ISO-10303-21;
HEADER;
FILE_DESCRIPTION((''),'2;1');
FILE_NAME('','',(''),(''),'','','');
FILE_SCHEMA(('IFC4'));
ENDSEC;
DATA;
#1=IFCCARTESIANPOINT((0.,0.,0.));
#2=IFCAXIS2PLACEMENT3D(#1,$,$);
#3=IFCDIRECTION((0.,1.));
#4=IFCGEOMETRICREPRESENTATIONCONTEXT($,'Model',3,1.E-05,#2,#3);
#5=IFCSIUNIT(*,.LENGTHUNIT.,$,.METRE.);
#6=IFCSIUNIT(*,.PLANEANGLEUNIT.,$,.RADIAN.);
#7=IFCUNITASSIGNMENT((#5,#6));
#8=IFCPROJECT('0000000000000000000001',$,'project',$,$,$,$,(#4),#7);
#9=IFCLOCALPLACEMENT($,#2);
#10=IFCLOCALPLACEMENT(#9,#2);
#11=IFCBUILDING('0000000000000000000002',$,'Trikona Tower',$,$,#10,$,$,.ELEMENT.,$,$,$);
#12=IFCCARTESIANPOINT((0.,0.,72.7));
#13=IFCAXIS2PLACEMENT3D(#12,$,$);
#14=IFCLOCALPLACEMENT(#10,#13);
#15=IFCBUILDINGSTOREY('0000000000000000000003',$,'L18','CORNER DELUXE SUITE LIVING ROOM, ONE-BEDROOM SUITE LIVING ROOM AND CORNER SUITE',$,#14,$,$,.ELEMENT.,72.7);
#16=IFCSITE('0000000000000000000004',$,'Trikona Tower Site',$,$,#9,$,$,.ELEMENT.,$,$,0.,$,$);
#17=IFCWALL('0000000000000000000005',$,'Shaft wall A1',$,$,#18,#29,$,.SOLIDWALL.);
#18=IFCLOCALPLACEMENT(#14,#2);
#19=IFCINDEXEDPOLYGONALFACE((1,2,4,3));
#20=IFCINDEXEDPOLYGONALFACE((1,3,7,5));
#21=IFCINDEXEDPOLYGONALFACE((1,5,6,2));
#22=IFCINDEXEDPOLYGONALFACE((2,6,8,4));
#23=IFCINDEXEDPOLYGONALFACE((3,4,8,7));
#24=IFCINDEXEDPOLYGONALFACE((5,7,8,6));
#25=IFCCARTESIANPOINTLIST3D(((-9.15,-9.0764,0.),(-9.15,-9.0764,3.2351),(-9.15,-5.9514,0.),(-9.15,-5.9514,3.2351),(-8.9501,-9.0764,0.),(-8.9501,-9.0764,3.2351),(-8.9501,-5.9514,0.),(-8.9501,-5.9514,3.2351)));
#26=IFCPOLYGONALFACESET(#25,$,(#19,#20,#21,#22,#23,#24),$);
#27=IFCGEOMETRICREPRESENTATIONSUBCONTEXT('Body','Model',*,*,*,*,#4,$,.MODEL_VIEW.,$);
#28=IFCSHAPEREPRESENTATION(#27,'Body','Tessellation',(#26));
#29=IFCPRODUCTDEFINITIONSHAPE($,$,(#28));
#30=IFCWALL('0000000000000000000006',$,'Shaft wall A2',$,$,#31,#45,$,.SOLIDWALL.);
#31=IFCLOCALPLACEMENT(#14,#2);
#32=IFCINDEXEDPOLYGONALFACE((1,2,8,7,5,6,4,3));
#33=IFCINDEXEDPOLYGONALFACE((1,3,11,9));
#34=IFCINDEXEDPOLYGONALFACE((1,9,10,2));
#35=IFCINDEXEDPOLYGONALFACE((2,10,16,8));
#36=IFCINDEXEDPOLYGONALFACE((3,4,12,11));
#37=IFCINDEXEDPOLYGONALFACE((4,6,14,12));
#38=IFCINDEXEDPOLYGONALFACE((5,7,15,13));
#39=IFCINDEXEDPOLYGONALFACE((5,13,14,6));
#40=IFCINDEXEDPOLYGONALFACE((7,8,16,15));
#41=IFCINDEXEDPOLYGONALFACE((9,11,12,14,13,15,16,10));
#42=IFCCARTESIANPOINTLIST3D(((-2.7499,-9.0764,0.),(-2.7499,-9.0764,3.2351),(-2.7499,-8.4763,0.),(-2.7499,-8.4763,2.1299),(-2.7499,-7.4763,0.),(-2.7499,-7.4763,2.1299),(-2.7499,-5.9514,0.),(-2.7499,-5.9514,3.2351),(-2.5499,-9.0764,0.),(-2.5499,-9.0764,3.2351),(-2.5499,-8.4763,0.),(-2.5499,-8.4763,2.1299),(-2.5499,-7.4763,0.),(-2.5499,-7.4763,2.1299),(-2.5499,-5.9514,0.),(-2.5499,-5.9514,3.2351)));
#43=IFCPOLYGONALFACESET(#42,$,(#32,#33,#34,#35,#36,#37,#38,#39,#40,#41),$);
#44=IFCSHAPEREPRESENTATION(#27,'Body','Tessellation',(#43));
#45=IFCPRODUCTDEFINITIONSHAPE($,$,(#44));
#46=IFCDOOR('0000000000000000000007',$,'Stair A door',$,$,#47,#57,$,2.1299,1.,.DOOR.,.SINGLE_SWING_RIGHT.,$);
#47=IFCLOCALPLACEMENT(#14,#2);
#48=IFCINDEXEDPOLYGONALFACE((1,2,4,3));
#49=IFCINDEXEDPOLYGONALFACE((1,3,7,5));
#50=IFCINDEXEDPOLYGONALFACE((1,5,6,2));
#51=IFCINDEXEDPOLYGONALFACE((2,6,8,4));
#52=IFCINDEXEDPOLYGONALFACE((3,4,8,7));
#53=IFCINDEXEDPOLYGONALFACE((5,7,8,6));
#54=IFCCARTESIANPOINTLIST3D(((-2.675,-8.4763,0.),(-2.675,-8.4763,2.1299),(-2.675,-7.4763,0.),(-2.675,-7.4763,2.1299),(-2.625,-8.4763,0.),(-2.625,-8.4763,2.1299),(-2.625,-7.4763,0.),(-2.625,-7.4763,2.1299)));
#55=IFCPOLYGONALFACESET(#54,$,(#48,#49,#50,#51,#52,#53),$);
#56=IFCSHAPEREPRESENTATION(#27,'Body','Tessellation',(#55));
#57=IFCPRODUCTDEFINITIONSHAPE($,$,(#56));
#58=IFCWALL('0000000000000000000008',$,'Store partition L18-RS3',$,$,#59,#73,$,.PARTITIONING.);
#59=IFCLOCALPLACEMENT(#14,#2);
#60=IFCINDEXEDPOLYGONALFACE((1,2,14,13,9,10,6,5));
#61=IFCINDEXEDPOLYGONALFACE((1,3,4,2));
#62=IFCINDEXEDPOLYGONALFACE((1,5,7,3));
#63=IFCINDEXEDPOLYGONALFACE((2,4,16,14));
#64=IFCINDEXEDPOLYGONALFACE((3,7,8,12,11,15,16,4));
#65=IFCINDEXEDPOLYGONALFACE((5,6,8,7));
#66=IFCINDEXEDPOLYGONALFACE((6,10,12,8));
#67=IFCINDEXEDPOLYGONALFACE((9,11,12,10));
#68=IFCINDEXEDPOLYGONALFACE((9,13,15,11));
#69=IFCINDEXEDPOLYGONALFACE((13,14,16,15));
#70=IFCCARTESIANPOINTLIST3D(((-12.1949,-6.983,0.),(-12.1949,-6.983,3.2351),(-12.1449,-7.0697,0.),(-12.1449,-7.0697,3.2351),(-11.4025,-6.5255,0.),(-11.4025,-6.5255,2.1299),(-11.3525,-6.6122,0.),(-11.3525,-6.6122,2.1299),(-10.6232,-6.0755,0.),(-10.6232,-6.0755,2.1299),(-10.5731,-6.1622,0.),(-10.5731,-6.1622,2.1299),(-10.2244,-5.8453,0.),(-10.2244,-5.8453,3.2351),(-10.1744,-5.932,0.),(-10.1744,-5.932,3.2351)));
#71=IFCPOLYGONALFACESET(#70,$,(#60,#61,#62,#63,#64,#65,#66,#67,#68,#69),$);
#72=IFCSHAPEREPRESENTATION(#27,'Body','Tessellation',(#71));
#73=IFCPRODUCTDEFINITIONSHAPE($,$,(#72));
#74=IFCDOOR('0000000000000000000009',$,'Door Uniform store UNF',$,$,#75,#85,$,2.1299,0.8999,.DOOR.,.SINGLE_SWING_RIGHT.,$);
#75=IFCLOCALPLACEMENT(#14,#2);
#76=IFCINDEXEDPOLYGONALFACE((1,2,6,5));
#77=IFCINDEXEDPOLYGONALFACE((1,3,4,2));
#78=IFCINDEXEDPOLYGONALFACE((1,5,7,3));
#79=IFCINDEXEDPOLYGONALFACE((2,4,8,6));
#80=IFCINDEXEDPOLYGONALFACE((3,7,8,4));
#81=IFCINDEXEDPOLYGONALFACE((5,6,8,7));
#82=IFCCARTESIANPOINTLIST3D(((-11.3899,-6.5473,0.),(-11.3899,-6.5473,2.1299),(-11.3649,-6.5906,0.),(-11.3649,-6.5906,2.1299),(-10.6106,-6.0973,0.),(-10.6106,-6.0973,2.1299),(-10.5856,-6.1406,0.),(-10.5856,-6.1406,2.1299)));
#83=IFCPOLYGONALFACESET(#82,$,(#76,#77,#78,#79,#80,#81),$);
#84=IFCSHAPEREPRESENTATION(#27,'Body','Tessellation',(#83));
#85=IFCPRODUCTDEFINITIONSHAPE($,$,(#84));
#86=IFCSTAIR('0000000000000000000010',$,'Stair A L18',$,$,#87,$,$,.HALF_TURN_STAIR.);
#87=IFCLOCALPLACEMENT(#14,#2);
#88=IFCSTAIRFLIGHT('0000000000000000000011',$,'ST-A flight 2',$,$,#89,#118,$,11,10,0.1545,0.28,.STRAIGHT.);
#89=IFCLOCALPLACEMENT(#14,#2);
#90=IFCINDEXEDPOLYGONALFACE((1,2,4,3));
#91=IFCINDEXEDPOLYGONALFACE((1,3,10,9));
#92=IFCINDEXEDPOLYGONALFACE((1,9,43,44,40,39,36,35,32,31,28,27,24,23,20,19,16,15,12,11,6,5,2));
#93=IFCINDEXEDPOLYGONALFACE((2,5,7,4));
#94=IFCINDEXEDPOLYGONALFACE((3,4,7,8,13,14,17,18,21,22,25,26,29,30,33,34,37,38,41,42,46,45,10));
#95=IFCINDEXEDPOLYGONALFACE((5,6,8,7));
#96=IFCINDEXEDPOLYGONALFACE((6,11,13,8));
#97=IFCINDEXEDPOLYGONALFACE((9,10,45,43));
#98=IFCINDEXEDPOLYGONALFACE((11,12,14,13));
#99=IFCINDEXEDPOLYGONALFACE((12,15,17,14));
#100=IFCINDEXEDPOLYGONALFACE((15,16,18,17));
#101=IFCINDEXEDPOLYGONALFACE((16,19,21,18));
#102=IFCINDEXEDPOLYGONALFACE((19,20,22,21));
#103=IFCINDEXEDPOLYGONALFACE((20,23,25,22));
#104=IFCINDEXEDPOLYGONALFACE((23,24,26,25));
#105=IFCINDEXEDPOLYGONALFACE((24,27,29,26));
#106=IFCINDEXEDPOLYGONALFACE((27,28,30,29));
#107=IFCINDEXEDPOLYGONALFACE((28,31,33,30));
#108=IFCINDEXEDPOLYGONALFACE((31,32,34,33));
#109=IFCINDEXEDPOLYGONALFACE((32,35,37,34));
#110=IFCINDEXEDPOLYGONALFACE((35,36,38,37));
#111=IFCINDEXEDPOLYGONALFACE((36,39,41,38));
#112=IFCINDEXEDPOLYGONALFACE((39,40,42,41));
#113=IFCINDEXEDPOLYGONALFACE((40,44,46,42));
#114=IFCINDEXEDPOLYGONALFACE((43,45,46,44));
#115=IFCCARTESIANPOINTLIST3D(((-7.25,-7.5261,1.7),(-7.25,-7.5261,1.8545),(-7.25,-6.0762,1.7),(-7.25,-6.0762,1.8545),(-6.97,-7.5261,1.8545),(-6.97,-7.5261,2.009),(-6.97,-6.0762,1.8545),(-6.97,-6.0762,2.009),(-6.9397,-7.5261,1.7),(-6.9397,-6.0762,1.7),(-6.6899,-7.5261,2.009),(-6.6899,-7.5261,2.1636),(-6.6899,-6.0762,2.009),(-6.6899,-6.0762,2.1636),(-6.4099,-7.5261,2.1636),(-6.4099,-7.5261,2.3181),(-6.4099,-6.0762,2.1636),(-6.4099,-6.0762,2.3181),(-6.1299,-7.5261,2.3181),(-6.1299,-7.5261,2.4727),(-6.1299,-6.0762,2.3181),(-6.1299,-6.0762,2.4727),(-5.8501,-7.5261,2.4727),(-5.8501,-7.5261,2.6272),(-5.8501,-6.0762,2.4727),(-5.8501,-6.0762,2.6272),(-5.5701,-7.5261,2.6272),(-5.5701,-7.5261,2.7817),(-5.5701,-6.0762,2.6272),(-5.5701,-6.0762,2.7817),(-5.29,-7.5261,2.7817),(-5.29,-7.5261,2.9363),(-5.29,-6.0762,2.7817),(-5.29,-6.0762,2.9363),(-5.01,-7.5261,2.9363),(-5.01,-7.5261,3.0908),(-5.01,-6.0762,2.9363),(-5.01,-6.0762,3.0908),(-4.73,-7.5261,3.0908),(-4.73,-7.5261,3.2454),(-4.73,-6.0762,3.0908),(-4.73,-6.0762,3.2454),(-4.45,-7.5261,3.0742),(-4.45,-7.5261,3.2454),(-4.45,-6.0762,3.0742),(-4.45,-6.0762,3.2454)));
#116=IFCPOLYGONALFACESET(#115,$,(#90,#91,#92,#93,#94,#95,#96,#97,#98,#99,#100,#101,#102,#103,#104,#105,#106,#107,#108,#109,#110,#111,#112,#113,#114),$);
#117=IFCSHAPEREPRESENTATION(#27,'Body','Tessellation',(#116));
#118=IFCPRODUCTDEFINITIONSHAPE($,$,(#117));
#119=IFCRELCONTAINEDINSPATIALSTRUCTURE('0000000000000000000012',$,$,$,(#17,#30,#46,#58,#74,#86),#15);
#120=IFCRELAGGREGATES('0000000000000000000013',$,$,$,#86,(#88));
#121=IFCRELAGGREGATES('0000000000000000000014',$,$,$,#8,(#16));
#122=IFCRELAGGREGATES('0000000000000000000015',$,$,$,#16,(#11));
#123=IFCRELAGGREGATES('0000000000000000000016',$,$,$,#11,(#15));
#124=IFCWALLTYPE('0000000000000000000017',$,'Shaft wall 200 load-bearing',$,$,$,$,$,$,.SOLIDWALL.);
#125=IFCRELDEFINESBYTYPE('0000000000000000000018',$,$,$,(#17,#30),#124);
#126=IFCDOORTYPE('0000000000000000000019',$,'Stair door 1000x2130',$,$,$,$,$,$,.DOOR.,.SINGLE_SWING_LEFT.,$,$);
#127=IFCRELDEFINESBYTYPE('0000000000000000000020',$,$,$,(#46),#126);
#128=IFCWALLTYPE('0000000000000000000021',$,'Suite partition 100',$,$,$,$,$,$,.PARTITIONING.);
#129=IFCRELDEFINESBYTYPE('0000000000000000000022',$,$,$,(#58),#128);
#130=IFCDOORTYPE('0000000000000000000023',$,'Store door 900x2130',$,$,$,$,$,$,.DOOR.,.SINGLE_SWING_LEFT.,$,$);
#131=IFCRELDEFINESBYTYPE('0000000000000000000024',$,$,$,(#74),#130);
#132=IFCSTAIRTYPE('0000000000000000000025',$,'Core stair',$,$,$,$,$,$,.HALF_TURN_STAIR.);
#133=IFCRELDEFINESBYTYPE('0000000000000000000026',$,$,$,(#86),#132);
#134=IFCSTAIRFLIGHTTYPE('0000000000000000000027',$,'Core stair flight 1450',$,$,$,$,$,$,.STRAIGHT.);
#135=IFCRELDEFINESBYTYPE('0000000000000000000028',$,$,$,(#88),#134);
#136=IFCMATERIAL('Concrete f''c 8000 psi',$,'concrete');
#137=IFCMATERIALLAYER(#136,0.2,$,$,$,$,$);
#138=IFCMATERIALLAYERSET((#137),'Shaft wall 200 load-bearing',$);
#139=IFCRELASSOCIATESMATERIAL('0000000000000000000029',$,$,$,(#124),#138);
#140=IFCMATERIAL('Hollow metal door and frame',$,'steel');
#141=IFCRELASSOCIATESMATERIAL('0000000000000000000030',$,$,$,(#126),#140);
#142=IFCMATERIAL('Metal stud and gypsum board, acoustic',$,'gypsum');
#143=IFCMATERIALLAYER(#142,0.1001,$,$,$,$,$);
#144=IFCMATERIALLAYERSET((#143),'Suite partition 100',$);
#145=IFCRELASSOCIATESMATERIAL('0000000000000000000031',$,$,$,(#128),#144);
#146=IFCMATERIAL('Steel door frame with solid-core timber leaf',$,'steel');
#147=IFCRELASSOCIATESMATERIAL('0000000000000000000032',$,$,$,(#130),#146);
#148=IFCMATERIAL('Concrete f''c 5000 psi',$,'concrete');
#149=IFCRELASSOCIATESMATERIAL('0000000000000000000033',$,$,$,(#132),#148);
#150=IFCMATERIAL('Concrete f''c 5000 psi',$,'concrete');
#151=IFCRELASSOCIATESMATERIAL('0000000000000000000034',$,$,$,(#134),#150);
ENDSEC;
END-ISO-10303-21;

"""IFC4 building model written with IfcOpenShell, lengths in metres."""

from ifc_helpers import new_model, si_unit, direction, frame, frame_2d, origin, place, context, subcontext, project, spatial, polyline, rectangle, outline, extrude, material, layer, layer_set, type_object, element, fill, aggregate, save


model = new_model("IFC4")

# Units and contexts
model_context = context("Model", 3, precision=1e-05, world=origin(), true_north=direction((0.0, 1.0)))
body_context = subcontext(model_context, "Body", "Model", "MODEL_VIEW")
ifc_project = project(units=[si_unit("LENGTHUNIT", "METRE"), si_unit("PLANEANGLEUNIT", "RADIAN")], contexts=[model_context])

# Site, building, storey
site_placement = place(None, origin())
site = spatial("IfcSite", under=ifc_project, at=site_placement, Name="Trikona Tower Site", CompositionType="ELEMENT", RefElevation=0.0)
building_placement = place(site_placement, origin())
building = spatial("IfcBuilding", under=site, at=building_placement, Name="Trikona Tower", CompositionType="ELEMENT")
storey_placement = place(building_placement, frame((0.0, 0.0, 72.7)))
storey = spatial("IfcBuildingStorey", under=building, at=storey_placement, Name="L18", Description="CORNER DELUXE SUITE LIVING ROOM, ONE-BEDROOM SUITE LIVING ROOM AND CORNER SUITE", CompositionType="ELEMENT", Elevation=72.7)

# Wall
ifc_material_1 = material(Name="Concrete f'c 8000 psi", Category="concrete")
ifc_layer_1 = layer(ifc_material_1, 0.2)
ifc_layer_set_1 = layer_set([ifc_layer_1], Name="Shaft wall 200 load-bearing")
wall_type_1 = type_object("IfcWallType", Name="Shaft wall 200 load-bearing", PredefinedType="SOLIDWALL", material=ifc_layer_set_1)
wall_1_placement = place(storey_placement, frame((-9.05, -5.9514, 0.0), z_axis=(0.0, 0.0, 1.0), x_axis=(0.0, -1.0, 0.0)))
element("IfcWall", 1, at=wall_1_placement, inside=storey, type_object=wall_type_1, Name="Shaft wall A1", PredefinedType="SOLIDWALL", context=body_context, shape_type="SweptSolid", body=[
    extrude(rectangle(XDim=3.125, YDim=0.2, at=frame_2d((1.5625, 0.0))), origin(), (0.0, 0.0, 1.0), 3.2351),
])

# Walls, openings, doors
wall_2_placement = place(storey_placement, frame((-2.6499, -5.9514, 0.0), z_axis=(0.0, 0.0, 1.0), x_axis=(0.0, -1.0, 0.0)))
wall_2 = element("IfcWall", 2, at=wall_2_placement, inside=storey, type_object=wall_type_1, Name="Shaft wall A2", PredefinedType="SOLIDWALL", context=body_context, shape_type="SweptSolid", body=[
    extrude(rectangle(XDim=3.125, YDim=0.2, at=frame_2d((1.5625, 0.0))), origin(), (0.0, 0.0, 1.0), 3.2351),
])
opening_1_placement = place(wall_2_placement, frame((1.5249, 0.0, 0.0)))
opening_1 = element("IfcOpeningElement", 3, at=opening_1_placement, cuts=wall_2, PredefinedType="OPENING", context=body_context, shape_type="SweptSolid", body=[
    extrude(rectangle(XDim=1.0, YDim=2.1299, at=frame_2d((0.5, 1.0649))), frame((0.0, 0.1099, 0.0), z_axis=(0.0, -1.0, 0.0), x_axis=(1.0, 0.0, 0.0)), (0.0, 0.0, 1.0), 0.22),
])
ifc_material_2 = material(Name="Hollow metal door and frame", Category="steel")
door_type_1 = type_object("IfcDoorType", Name="Stair door 1000x2130", OperationType="SINGLE_SWING_LEFT", PredefinedType="DOOR", material=ifc_material_2)
door_1_placement = place(opening_1_placement, origin())
door_1 = element("IfcDoor", 4, at=door_1_placement, inside=storey, type_object=door_type_1, Name="Stair A door", OperationType="SINGLE_SWING_RIGHT", OverallHeight=2.1299, OverallWidth=1.0, PredefinedType="DOOR", context=body_context, shape_type="SweptSolid", body=[
    extrude(rectangle(XDim=1.0, YDim=2.1299, at=frame_2d((0.5, 1.0649))), frame((0.0, 0.0249, 0.0), z_axis=(0.0, -1.0, 0.0), x_axis=(1.0, 0.0, 0.0)), (0.0, 0.0, 1.0), 0.05),
])
fill(opening_1, door_1)
ifc_material_3 = material(Name="Metal stud and gypsum board, acoustic", Category="gypsum")
ifc_layer_2 = layer(ifc_material_3, 0.1001)
ifc_layer_set_2 = layer_set([ifc_layer_2], Name="Suite partition 100")
wall_type_2 = type_object("IfcWallType", Name="Suite partition 100", PredefinedType="PARTITIONING", material=ifc_layer_set_2)
wall_3_placement = place(storey_placement, frame((-12.1699, -7.0264, 0.0), z_axis=(0.0, 0.0, 1.0), x_axis=(0.866016, 0.500017, 0.0)))
wall_3 = element("IfcWall", 5, at=wall_3_placement, inside=storey, type_object=wall_type_2, Name="Store partition L18-RS3", PredefinedType="PARTITIONING", context=body_context, shape_type="SweptSolid", body=[
    extrude(rectangle(XDim=2.2754, YDim=0.1001, at=frame_2d((1.1377, 0.0))), origin(), (0.0, 0.0, 1.0), 3.2351),
])
opening_2_placement = place(wall_3_placement, frame((0.915, 0.0, 0.0)))
opening_2 = element("IfcOpeningElement", 6, at=opening_2_placement, cuts=wall_3, PredefinedType="OPENING", context=body_context, shape_type="SweptSolid", body=[
    extrude(rectangle(XDim=0.8999, YDim=2.1299, at=frame_2d((0.45, 1.0649))), frame((0.0, 0.0601, 0.0), z_axis=(0.0, -1.0, 0.0), x_axis=(1.0, 0.0, 0.0)), (0.0, 0.0, 1.0), 0.1201),
])
ifc_material_4 = material(Name="Steel door frame with solid-core timber leaf", Category="steel")
door_type_2 = type_object("IfcDoorType", Name="Store door 900x2130", OperationType="SINGLE_SWING_LEFT", PredefinedType="DOOR", material=ifc_material_4)
door_2_placement = place(opening_2_placement, origin())
door_2 = element("IfcDoor", 7, at=door_2_placement, inside=storey, type_object=door_type_2, Name="Door Uniform store UNF", OperationType="SINGLE_SWING_RIGHT", OverallHeight=2.1299, OverallWidth=0.8999, PredefinedType="DOOR", context=body_context, shape_type="SweptSolid", body=[
    extrude(rectangle(XDim=0.8999, YDim=2.1299, at=frame_2d((0.45, 1.0649))), frame((0.0, 0.0249, 0.0), z_axis=(0.0, -1.0, 0.0), x_axis=(1.0, 0.0, 0.0)), (0.0, 0.0, 1.0), 0.05),
])
fill(opening_2, door_2)

# Stair, stair flight
ifc_material_5 = material(Name="Concrete f'c 5000 psi", Category="concrete")
stair_type = type_object("IfcStairType", Name="Core stair", PredefinedType="HALF_TURN_STAIR", material=ifc_material_5)
stair_placement = place(storey_placement, origin())
stair = element("IfcStair", 8, at=stair_placement, inside=storey, type_object=stair_type, Name="Stair A L18", PredefinedType="HALF_TURN_STAIR")
ifc_material_6 = material(Name="Concrete f'c 5000 psi", Category="concrete")
stair_flight_type = type_object("IfcStairFlightType", Name="Core stair flight 1450", PredefinedType="STRAIGHT", material=ifc_material_6)
stair_flight_placement = place(storey_placement, frame((-7.25, -6.8013, 1.7), z_axis=(0.0, 0.0, 1.0), x_axis=(1.0, 0.0, 0.0)))
stair_flight = element("IfcStairFlight", 9, at=stair_flight_placement, type_object=stair_flight_type, Name="ST-A flight 2", NumberOfRisers=11, NumberOfTreads=10, PredefinedType="STRAIGHT", RiserHeight=0.1545, TreadLength=0.28, context=body_context, shape_type="SweptSolid", body=[
    extrude(outline(polyline([(0.0, 0.0), (0.0, 0.1545), (0.28, 0.1545), (0.28, 0.3091), (0.5601, 0.3091), (0.5601, 0.4636), (0.8401, 0.4636), (0.8401, 0.6182), (1.1201, 0.6182), (1.1201, 0.7727), (1.3999, 0.7727), (1.3999, 0.9272), (1.6799, 0.9272), (1.6799, 1.0818), (1.96, 1.0818), (1.96, 1.2363), (2.24, 1.2363), (2.24, 1.3909), (2.52, 1.3909), (2.52, 1.5454), (2.8, 1.5454), (2.8, 1.7), (2.8, 1.3743), (0.3103, 0.0), (0.0, 0.0)])), frame((0.0, 0.7251, 0.0), z_axis=(0.0, -1.0, 0.0), x_axis=(1.0, 0.0, 0.0)), (0.0, 0.0, 1.0), 1.45),
])
aggregate(stair, [stair_flight])

save(model, "model.ifc")
